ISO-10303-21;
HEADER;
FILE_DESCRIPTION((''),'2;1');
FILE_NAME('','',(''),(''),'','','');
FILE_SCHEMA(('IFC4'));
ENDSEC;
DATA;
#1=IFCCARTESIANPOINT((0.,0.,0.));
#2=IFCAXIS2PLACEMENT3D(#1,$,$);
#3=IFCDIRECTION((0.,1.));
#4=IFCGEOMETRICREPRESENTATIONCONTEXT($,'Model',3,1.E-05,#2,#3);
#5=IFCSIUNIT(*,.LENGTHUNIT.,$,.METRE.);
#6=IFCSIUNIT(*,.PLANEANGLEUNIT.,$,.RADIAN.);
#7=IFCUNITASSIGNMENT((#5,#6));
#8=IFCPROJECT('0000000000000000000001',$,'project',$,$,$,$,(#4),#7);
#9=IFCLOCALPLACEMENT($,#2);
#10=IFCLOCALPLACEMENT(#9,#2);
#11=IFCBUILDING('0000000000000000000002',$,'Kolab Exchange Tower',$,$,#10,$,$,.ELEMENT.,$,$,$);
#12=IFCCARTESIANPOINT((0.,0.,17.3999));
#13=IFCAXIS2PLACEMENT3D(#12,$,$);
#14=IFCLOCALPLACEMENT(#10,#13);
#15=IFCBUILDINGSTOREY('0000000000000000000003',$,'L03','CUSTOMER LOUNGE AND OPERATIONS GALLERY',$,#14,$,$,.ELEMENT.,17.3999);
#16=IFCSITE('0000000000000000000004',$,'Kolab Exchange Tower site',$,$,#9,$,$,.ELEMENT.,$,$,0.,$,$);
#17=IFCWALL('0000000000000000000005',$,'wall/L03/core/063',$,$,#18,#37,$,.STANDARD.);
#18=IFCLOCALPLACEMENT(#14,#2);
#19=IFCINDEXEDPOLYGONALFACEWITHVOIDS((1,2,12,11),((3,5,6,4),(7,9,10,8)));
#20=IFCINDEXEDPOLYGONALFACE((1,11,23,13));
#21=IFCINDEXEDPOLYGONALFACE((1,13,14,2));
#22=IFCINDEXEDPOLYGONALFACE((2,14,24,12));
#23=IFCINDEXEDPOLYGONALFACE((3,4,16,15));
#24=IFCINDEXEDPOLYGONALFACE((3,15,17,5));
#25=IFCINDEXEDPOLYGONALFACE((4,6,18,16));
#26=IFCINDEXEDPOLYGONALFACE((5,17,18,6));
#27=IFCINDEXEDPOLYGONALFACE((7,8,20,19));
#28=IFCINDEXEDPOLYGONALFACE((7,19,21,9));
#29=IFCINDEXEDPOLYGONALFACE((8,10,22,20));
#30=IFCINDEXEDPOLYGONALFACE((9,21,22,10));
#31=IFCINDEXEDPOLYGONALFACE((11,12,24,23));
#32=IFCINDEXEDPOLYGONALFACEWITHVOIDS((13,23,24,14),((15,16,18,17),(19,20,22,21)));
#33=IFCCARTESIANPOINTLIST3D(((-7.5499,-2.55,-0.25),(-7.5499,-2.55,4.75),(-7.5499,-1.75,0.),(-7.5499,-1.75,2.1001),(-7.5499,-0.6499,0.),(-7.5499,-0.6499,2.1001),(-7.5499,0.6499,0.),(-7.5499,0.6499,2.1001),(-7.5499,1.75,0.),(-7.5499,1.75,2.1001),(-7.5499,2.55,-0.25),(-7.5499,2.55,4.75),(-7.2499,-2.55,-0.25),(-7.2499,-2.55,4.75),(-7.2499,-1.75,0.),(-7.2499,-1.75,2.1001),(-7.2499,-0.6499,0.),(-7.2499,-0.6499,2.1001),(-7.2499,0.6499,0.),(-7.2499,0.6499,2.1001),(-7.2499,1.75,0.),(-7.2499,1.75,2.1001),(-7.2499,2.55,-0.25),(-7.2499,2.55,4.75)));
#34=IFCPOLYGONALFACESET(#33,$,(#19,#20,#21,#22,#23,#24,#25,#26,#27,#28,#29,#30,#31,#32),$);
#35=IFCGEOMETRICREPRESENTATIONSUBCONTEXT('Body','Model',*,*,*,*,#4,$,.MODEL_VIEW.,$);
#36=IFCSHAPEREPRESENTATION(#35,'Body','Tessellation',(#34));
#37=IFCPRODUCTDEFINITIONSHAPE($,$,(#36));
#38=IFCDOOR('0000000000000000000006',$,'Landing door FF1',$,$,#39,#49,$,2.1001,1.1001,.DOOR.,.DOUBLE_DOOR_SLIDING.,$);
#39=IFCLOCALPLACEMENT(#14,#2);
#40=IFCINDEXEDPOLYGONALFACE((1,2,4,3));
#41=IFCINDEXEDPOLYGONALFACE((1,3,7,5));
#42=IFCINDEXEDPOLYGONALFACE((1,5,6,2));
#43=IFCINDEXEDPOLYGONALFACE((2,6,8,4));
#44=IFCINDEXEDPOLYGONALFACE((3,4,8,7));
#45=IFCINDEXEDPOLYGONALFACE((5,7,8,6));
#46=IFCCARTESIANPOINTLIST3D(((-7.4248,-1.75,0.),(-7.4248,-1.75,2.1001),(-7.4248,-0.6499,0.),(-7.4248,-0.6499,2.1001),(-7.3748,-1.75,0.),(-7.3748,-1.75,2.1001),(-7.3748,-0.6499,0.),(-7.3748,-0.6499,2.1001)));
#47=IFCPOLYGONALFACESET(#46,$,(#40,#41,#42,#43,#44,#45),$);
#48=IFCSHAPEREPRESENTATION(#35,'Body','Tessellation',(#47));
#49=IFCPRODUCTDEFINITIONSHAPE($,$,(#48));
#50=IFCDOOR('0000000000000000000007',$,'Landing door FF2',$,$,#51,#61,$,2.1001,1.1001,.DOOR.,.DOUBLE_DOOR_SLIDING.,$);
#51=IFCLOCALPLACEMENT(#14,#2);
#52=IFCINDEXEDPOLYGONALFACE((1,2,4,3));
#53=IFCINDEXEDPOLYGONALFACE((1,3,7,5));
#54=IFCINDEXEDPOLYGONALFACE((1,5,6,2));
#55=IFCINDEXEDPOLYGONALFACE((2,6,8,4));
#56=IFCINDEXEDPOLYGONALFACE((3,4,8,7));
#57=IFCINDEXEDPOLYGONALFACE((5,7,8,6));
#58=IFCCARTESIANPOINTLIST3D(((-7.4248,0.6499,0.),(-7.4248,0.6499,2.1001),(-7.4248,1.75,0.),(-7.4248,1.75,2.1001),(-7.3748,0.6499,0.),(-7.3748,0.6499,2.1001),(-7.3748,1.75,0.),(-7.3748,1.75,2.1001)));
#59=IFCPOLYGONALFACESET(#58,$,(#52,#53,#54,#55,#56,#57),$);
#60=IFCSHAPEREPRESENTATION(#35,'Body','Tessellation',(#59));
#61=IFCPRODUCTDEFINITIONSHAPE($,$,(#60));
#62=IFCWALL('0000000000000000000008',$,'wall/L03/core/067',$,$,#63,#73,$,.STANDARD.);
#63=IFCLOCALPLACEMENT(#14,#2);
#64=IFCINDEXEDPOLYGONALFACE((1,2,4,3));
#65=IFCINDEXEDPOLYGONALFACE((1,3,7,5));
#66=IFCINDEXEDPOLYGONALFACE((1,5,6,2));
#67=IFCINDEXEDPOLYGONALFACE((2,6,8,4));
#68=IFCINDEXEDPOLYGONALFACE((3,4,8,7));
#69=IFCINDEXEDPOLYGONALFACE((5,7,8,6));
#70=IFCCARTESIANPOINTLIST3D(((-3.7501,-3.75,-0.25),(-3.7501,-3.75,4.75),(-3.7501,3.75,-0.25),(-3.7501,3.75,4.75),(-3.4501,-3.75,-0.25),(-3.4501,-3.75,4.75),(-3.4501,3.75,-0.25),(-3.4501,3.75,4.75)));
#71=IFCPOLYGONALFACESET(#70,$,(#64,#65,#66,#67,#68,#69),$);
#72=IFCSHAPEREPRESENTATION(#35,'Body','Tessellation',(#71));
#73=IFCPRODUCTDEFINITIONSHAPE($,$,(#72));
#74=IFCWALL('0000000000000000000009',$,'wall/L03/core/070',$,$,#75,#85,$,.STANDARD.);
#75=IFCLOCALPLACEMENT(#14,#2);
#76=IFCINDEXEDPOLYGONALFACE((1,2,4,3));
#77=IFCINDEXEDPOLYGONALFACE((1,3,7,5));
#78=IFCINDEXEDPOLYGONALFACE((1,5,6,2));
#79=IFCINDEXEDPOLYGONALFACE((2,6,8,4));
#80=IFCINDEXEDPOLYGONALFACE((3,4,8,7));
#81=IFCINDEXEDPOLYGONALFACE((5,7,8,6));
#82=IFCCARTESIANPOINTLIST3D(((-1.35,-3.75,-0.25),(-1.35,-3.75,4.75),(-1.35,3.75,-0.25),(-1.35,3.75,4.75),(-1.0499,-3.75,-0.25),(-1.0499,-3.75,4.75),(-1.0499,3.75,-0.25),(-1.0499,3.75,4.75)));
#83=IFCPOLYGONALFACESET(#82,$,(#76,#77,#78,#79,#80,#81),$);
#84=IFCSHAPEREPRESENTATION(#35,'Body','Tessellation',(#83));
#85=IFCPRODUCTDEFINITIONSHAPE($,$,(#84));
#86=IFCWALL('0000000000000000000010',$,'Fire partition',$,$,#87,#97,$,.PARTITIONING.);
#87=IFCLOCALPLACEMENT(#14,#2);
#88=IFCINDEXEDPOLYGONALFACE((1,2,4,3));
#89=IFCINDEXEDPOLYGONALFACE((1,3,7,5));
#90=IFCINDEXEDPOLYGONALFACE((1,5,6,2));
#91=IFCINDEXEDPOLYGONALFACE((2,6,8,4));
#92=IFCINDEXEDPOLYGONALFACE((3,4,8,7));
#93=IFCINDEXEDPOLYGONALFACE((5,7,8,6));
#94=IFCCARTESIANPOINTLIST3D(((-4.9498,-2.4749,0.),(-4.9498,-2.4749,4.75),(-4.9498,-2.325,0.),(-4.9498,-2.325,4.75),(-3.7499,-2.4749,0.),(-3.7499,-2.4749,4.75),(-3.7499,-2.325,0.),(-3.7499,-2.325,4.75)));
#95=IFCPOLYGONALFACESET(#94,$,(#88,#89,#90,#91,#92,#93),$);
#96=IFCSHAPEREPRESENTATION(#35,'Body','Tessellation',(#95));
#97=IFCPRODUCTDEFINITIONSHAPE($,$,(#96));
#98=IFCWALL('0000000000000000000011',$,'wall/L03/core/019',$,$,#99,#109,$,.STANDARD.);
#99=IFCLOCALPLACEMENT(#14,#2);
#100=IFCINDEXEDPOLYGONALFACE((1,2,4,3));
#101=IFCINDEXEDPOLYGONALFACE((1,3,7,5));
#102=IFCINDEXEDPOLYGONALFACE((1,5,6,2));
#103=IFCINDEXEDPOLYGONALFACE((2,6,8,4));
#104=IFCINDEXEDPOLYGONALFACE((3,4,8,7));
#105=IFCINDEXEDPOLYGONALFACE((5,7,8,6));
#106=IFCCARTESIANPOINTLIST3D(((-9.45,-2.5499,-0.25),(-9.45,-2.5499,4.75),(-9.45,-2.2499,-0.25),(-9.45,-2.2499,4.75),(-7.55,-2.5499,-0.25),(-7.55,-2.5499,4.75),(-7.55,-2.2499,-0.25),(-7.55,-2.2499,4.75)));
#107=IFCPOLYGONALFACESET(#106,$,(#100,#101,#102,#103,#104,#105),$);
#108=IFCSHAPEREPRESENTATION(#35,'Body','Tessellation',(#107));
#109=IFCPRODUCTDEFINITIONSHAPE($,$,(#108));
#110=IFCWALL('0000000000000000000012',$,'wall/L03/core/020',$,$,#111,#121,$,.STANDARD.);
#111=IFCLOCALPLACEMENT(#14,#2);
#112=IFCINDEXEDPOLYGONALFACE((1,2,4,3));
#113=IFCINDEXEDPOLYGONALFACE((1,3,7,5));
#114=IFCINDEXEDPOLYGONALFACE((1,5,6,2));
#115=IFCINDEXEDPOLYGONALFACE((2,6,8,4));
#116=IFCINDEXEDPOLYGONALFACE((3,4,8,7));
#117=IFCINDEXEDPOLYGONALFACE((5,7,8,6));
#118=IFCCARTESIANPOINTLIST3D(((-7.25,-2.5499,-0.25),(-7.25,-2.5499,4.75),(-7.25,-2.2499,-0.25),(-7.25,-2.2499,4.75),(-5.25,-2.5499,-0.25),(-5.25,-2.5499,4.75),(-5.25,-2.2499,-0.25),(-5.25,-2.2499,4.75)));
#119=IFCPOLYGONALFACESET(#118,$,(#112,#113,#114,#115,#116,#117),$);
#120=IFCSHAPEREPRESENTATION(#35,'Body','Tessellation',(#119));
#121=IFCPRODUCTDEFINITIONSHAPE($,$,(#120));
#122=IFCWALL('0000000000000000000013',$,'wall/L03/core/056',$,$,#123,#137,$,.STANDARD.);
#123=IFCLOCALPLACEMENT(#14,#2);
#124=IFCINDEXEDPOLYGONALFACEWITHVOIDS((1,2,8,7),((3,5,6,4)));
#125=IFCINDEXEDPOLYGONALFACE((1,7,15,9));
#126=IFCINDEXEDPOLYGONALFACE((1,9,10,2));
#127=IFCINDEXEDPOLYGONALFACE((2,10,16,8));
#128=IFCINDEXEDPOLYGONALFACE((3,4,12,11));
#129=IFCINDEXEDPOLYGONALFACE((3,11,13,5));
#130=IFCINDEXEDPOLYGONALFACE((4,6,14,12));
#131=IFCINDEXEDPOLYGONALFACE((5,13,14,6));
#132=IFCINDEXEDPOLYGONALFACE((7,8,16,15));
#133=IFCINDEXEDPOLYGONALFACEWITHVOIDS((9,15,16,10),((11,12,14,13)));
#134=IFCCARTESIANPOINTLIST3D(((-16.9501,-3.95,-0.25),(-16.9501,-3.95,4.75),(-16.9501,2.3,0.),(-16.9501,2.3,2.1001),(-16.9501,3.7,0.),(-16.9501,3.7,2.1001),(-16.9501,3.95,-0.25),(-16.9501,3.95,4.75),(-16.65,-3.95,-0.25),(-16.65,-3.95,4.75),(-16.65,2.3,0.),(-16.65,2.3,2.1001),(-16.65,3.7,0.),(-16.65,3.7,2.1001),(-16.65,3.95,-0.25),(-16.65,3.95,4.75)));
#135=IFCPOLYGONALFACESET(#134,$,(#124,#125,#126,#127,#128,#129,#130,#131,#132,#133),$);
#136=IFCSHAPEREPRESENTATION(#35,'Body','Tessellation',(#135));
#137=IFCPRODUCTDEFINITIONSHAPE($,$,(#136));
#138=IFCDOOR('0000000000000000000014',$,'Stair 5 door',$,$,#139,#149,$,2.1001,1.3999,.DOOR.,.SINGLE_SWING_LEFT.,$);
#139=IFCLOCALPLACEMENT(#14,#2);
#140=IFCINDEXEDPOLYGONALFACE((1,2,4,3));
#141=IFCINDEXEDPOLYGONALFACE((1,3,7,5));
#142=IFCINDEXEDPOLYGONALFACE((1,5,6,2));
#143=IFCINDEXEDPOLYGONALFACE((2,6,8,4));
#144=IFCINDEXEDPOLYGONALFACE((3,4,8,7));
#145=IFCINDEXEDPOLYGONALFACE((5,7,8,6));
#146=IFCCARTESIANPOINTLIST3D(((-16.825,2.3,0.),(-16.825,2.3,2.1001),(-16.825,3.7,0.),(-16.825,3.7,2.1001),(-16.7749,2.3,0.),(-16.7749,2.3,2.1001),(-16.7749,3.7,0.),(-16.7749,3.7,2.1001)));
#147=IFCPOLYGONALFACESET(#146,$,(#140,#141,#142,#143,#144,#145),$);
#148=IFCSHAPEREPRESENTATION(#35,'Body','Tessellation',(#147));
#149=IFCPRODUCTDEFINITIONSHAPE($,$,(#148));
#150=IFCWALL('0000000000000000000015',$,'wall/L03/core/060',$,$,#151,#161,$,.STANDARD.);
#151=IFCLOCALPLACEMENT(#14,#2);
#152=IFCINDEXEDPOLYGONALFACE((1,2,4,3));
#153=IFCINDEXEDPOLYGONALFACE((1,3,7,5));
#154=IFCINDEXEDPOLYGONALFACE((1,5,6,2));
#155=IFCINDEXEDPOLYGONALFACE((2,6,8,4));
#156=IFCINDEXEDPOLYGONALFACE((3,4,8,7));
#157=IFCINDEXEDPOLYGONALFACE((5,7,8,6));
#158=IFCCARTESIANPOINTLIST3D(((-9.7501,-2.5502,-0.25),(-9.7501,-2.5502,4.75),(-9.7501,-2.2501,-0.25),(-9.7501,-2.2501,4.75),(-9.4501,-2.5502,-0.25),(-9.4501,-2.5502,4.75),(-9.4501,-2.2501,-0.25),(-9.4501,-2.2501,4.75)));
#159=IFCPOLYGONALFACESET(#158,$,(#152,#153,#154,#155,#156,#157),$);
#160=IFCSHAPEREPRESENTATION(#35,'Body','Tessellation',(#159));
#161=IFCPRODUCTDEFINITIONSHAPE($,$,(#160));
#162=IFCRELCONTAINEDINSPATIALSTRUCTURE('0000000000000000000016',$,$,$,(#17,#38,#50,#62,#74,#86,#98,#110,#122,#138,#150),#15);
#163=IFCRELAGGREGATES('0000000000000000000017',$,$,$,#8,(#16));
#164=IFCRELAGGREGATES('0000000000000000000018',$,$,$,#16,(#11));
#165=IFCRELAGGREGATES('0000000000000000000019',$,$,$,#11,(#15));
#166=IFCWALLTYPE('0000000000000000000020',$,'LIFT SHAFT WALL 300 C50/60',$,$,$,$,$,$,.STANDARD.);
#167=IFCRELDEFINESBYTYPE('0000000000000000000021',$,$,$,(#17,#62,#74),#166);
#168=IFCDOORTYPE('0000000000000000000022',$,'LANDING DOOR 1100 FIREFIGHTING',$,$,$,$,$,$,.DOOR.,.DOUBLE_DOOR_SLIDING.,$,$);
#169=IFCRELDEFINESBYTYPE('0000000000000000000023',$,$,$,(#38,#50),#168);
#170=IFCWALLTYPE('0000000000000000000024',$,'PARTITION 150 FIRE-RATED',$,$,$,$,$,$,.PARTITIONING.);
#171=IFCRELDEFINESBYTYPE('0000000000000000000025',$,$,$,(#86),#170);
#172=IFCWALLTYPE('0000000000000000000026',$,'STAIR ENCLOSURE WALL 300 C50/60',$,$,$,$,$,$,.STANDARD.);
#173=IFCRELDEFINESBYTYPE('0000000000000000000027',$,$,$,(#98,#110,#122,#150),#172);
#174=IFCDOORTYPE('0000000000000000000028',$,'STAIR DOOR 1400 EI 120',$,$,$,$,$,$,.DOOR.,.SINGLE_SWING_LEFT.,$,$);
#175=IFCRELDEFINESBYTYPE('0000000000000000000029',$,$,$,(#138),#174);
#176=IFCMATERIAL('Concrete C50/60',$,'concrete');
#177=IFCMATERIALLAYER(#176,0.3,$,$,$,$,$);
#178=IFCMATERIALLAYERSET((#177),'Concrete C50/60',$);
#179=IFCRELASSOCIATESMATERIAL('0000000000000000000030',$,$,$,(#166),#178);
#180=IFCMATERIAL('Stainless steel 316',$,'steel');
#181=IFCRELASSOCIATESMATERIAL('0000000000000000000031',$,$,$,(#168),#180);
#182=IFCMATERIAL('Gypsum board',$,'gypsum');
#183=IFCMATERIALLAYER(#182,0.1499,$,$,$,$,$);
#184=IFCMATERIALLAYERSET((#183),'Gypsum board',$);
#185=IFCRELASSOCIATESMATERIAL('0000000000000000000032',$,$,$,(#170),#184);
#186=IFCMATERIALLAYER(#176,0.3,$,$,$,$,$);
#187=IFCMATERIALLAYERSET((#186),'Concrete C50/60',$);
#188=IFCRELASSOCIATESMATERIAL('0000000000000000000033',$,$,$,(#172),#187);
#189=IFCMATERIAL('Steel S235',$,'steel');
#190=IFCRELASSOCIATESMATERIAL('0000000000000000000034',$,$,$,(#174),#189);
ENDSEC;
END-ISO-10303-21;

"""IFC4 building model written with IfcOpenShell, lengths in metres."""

from ifc_helpers import new_model, si_unit, direction, frame, frame_2d, origin, place, context, subcontext, project, spatial, rectangle, extrude, material, layer, layer_set, type_object, element, fill, save


model = new_model("IFC4")

# Units and contexts
model_context = context("Model", 3, precision=1e-05, world=origin(), true_north=direction((0.0, 1.0)))
body_context = subcontext(model_context, "Body", "Model", "MODEL_VIEW")
ifc_project = project(units=[si_unit("LENGTHUNIT", "METRE"), si_unit("PLANEANGLEUNIT", "RADIAN")], contexts=[model_context])

# Site, building, storey
site_placement = place(None, origin())
site = spatial("IfcSite", under=ifc_project, at=site_placement, Name="Kolab Exchange Tower site", CompositionType="ELEMENT", RefElevation=0.0)
building_placement = place(site_placement, origin())
building = spatial("IfcBuilding", under=site, at=building_placement, Name="Kolab Exchange Tower", CompositionType="ELEMENT")
storey_placement = place(building_placement, frame((0.0, 0.0, 17.3999)))
storey = spatial("IfcBuildingStorey", under=building, at=storey_placement, Name="L03", Description="CUSTOMER LOUNGE AND OPERATIONS GALLERY", CompositionType="ELEMENT", Elevation=17.3999)

# Shared definitions
ifc_material_1 = material(Name="Concrete C50/60", Category="concrete")
ifc_layer_1 = layer(ifc_material_1, 0.3)
ifc_layer_set_1 = layer_set([ifc_layer_1], Name="Concrete C50/60")
wall_type_1 = type_object("IfcWallType", Name="LIFT SHAFT WALL 300 C50/60", PredefinedType="STANDARD", material=ifc_layer_set_1)

# Shared definitions
ifc_material_2 = material(Name="Steel S235", Category="steel")

# Wall, openings, doors
wall_1_placement = place(storey_placement, frame((-7.3999, -2.55, -0.25), z_axis=(0.0, 0.0, 1.0), x_axis=(0.0, 1.0, 0.0)))
wall_1 = element("IfcWall", 1, at=wall_1_placement, inside=storey, type_object=wall_type_1, Name="wall/L03/core/063", PredefinedType="STANDARD", context=body_context, shape_type="SweptSolid", body=[
    extrude(rectangle(XDim=5.1001, YDim=0.3, at=frame_2d((2.55, 0.0))), origin(), (0.0, 0.0, 1.0), 5.0),
])
opening_1_placement = place(wall_1_placement, frame((0.8, 0.0, 0.25)))
opening_1 = element("IfcOpeningElement", 2, at=opening_1_placement, cuts=wall_1, PredefinedType="OPENING", context=body_context, shape_type="SweptSolid", body=[
    extrude(rectangle(XDim=1.1001, YDim=2.1001, at=frame_2d((0.55, 1.05))), frame((0.0, 0.1602, 0.0), z_axis=(0.0, -1.0, 0.0), x_axis=(1.0, 0.0, 0.0)), (0.0, 0.0, 1.0), 0.3201),
])
opening_2_placement = place(wall_1_placement, frame((3.2, 0.0, 0.25)))
opening_2 = element("IfcOpeningElement", 3, at=opening_2_placement, cuts=wall_1, PredefinedType="OPENING", context=body_context, shape_type="SweptSolid", body=[
    extrude(rectangle(XDim=1.1001, YDim=2.1001, at=frame_2d((0.55, 1.05))), frame((0.0, 0.1602, 0.0), z_axis=(0.0, -1.0, 0.0), x_axis=(1.0, 0.0, 0.0)), (0.0, 0.0, 1.0), 0.3201),
])
ifc_material_3 = material(Name="Stainless steel 316", Category="steel")
door_type_1 = type_object("IfcDoorType", Name="LANDING DOOR 1100 FIREFIGHTING", OperationType="DOUBLE_DOOR_SLIDING", PredefinedType="DOOR", material=ifc_material_3)
door_1_placement = place(opening_1_placement, origin())
door_1 = element("IfcDoor", 4, at=door_1_placement, inside=storey, type_object=door_type_1, Name="Landing door FF1", OperationType="DOUBLE_DOOR_SLIDING", OverallHeight=2.1001, OverallWidth=1.1001, PredefinedType="DOOR", context=body_context, shape_type="SweptSolid", body=[
    extrude(rectangle(XDim=1.1001, YDim=2.1001, at=frame_2d((0.55, 1.05))), frame((0.0, 0.0249, 0.0), z_axis=(0.0, -1.0, 0.0), x_axis=(1.0, 0.0, 0.0)), (0.0, 0.0, 1.0), 0.05),
])
fill(opening_1, door_1)
door_2_placement = place(opening_2_placement, origin())
door_2 = element("IfcDoor", 5, at=door_2_placement, inside=storey, type_object=door_type_1, Name="Landing door FF2", OperationType="DOUBLE_DOOR_SLIDING", OverallHeight=2.1001, OverallWidth=1.1001, PredefinedType="DOOR", context=body_context, shape_type="SweptSolid", body=[
    extrude(rectangle(XDim=1.1001, YDim=2.1001, at=frame_2d((0.55, 1.05))), frame((0.0, 0.0249, 0.0), z_axis=(0.0, -1.0, 0.0), x_axis=(1.0, 0.0, 0.0)), (0.0, 0.0, 1.0), 0.05),
])
fill(opening_2, door_2)

# Walls
for number, where, z_axis, x_axis, name in (
    (6, (-3.6001, -3.75, -0.25), (0.0, 0.0, 1.0), (0.0, 1.0, 0.0), "wall/L03/core/067"),
    (7, (-1.2, -3.75, -0.25), (0.0, 0.0, 1.0), (0.0, 1.0, 0.0), "wall/L03/core/070"),
):
    element("IfcWall", number, at=place(storey_placement, frame(where, z_axis=z_axis, x_axis=x_axis)), inside=storey, type_object=wall_type_1, Name=name, PredefinedType="STANDARD", context=body_context, shape_type="SweptSolid", body=[
        extrude(rectangle(XDim=7.5, YDim=0.3, at=frame_2d((3.75, 0.0))), origin(), (0.0, 0.0, 1.0), 5.0),
    ])
ifc_material_4 = material(Name="Gypsum board", Category="gypsum")
ifc_layer_2 = layer(ifc_material_4, 0.1499)
ifc_layer_set_2 = layer_set([ifc_layer_2], Name="Gypsum board")
wall_type_2 = type_object("IfcWallType", Name="PARTITION 150 FIRE-RATED", PredefinedType="PARTITIONING", material=ifc_layer_set_2)
wall_2_placement = place(storey_placement, frame((-4.95, -2.3999, 0.0), z_axis=(0.0, 0.0, 1.0), x_axis=(1.0, 0.0, 0.0)))
element("IfcWall", 8, at=wall_2_placement, inside=storey, type_object=wall_type_2, Name="Fire partition", PredefinedType="PARTITIONING", context=body_context, shape_type="SweptSolid", body=[
    extrude(rectangle(XDim=1.2, YDim=0.1499, at=frame_2d((0.6001, 0.0))), origin(), (0.0, 0.0, 1.0), 4.75),
])
ifc_layer_3 = layer(ifc_material_1, 0.3)
ifc_layer_set_3 = layer_set([ifc_layer_3], Name="Concrete C50/60")
wall_type_3 = type_object("IfcWallType", Name="STAIR ENCLOSURE WALL 300 C50/60", PredefinedType="STANDARD", material=ifc_layer_set_3)
wall_3_placement = place(storey_placement, frame((-9.45, -2.3999, -0.25), z_axis=(0.0, 0.0, 1.0), x_axis=(1.0, 0.0, 0.0)))
element("IfcWall", 9, at=wall_3_placement, inside=storey, type_object=wall_type_3, Name="wall/L03/core/019", PredefinedType="STANDARD", context=body_context, shape_type="SweptSolid", body=[
    extrude(rectangle(XDim=1.8999, YDim=0.3, at=frame_2d((0.95, 0.0))), origin(), (0.0, 0.0, 1.0), 5.0),
])
wall_4_placement = place(storey_placement, frame((-7.25, -2.3999, -0.25), z_axis=(0.0, 0.0, 1.0), x_axis=(1.0, 0.0, 0.0)))
element("IfcWall", 10, at=wall_4_placement, inside=storey, type_object=wall_type_3, Name="wall/L03/core/020", PredefinedType="STANDARD", context=body_context, shape_type="SweptSolid", body=[
    extrude(rectangle(XDim=2.0, YDim=0.3, at=frame_2d((1.0, 0.0))), origin(), (0.0, 0.0, 1.0), 5.0),
])

# Wall, opening, door
wall_5_placement = place(storey_placement, frame((-16.8, -3.95, -0.25), z_axis=(0.0, 0.0, 1.0), x_axis=(0.0, 1.0, 0.0)))
wall_5 = element("IfcWall", 11, at=wall_5_placement, inside=storey, type_object=wall_type_3, Name="wall/L03/core/056", PredefinedType="STANDARD", context=body_context, shape_type="SweptSolid", body=[
    extrude(rectangle(XDim=7.8999, YDim=0.3, at=frame_2d((3.95, 0.0))), origin(), (0.0, 0.0, 1.0), 5.0),
])
opening_3_placement = place(wall_5_placement, frame((6.25, 0.0, 0.25)))
opening_3 = element("IfcOpeningElement", 12, at=opening_3_placement, cuts=wall_5, PredefinedType="OPENING", context=body_context, shape_type="SweptSolid", body=[
    extrude(rectangle(XDim=1.3999, YDim=2.1001, at=frame_2d((0.7, 1.05))), frame((0.0, 0.1602, 0.0), z_axis=(0.0, -1.0, 0.0), x_axis=(1.0, 0.0, 0.0)), (0.0, 0.0, 1.0), 0.3201),
])
door_type_2 = type_object("IfcDoorType", Name="STAIR DOOR 1400 EI 120", OperationType="SINGLE_SWING_LEFT", PredefinedType="DOOR", material=ifc_material_2)
door_3_placement = place(opening_3_placement, origin())
door_3 = element("IfcDoor", 13, at=door_3_placement, inside=storey, type_object=door_type_2, Name="Stair 5 door", OperationType="SINGLE_SWING_LEFT", OverallHeight=2.1001, OverallWidth=1.3999, PredefinedType="DOOR", context=body_context, shape_type="SweptSolid", body=[
    extrude(rectangle(XDim=1.3999, YDim=2.1001, at=frame_2d((0.7, 1.05))), frame((0.0, 0.0249, 0.0), z_axis=(0.0, -1.0, 0.0), x_axis=(1.0, 0.0, 0.0)), (0.0, 0.0, 1.0), 0.05),
])
fill(opening_3, door_3)

# Wall
wall_6_placement = place(storey_placement, frame((-9.6001, -2.55, -0.25), z_axis=(0.0, 0.0, 1.0), x_axis=(0.0, 1.0, 0.0)))
element("IfcWall", 14, at=wall_6_placement, inside=storey, type_object=wall_type_3, Name="wall/L03/core/060", PredefinedType="STANDARD", context=body_context, shape_type="SweptSolid", body=[
    extrude(rectangle(XDim=0.3, YDim=0.3, at=frame_2d((0.1499, 0.0))), origin(), (0.0, 0.0, 1.0), 5.0),
])

save(model, "model.ifc")
